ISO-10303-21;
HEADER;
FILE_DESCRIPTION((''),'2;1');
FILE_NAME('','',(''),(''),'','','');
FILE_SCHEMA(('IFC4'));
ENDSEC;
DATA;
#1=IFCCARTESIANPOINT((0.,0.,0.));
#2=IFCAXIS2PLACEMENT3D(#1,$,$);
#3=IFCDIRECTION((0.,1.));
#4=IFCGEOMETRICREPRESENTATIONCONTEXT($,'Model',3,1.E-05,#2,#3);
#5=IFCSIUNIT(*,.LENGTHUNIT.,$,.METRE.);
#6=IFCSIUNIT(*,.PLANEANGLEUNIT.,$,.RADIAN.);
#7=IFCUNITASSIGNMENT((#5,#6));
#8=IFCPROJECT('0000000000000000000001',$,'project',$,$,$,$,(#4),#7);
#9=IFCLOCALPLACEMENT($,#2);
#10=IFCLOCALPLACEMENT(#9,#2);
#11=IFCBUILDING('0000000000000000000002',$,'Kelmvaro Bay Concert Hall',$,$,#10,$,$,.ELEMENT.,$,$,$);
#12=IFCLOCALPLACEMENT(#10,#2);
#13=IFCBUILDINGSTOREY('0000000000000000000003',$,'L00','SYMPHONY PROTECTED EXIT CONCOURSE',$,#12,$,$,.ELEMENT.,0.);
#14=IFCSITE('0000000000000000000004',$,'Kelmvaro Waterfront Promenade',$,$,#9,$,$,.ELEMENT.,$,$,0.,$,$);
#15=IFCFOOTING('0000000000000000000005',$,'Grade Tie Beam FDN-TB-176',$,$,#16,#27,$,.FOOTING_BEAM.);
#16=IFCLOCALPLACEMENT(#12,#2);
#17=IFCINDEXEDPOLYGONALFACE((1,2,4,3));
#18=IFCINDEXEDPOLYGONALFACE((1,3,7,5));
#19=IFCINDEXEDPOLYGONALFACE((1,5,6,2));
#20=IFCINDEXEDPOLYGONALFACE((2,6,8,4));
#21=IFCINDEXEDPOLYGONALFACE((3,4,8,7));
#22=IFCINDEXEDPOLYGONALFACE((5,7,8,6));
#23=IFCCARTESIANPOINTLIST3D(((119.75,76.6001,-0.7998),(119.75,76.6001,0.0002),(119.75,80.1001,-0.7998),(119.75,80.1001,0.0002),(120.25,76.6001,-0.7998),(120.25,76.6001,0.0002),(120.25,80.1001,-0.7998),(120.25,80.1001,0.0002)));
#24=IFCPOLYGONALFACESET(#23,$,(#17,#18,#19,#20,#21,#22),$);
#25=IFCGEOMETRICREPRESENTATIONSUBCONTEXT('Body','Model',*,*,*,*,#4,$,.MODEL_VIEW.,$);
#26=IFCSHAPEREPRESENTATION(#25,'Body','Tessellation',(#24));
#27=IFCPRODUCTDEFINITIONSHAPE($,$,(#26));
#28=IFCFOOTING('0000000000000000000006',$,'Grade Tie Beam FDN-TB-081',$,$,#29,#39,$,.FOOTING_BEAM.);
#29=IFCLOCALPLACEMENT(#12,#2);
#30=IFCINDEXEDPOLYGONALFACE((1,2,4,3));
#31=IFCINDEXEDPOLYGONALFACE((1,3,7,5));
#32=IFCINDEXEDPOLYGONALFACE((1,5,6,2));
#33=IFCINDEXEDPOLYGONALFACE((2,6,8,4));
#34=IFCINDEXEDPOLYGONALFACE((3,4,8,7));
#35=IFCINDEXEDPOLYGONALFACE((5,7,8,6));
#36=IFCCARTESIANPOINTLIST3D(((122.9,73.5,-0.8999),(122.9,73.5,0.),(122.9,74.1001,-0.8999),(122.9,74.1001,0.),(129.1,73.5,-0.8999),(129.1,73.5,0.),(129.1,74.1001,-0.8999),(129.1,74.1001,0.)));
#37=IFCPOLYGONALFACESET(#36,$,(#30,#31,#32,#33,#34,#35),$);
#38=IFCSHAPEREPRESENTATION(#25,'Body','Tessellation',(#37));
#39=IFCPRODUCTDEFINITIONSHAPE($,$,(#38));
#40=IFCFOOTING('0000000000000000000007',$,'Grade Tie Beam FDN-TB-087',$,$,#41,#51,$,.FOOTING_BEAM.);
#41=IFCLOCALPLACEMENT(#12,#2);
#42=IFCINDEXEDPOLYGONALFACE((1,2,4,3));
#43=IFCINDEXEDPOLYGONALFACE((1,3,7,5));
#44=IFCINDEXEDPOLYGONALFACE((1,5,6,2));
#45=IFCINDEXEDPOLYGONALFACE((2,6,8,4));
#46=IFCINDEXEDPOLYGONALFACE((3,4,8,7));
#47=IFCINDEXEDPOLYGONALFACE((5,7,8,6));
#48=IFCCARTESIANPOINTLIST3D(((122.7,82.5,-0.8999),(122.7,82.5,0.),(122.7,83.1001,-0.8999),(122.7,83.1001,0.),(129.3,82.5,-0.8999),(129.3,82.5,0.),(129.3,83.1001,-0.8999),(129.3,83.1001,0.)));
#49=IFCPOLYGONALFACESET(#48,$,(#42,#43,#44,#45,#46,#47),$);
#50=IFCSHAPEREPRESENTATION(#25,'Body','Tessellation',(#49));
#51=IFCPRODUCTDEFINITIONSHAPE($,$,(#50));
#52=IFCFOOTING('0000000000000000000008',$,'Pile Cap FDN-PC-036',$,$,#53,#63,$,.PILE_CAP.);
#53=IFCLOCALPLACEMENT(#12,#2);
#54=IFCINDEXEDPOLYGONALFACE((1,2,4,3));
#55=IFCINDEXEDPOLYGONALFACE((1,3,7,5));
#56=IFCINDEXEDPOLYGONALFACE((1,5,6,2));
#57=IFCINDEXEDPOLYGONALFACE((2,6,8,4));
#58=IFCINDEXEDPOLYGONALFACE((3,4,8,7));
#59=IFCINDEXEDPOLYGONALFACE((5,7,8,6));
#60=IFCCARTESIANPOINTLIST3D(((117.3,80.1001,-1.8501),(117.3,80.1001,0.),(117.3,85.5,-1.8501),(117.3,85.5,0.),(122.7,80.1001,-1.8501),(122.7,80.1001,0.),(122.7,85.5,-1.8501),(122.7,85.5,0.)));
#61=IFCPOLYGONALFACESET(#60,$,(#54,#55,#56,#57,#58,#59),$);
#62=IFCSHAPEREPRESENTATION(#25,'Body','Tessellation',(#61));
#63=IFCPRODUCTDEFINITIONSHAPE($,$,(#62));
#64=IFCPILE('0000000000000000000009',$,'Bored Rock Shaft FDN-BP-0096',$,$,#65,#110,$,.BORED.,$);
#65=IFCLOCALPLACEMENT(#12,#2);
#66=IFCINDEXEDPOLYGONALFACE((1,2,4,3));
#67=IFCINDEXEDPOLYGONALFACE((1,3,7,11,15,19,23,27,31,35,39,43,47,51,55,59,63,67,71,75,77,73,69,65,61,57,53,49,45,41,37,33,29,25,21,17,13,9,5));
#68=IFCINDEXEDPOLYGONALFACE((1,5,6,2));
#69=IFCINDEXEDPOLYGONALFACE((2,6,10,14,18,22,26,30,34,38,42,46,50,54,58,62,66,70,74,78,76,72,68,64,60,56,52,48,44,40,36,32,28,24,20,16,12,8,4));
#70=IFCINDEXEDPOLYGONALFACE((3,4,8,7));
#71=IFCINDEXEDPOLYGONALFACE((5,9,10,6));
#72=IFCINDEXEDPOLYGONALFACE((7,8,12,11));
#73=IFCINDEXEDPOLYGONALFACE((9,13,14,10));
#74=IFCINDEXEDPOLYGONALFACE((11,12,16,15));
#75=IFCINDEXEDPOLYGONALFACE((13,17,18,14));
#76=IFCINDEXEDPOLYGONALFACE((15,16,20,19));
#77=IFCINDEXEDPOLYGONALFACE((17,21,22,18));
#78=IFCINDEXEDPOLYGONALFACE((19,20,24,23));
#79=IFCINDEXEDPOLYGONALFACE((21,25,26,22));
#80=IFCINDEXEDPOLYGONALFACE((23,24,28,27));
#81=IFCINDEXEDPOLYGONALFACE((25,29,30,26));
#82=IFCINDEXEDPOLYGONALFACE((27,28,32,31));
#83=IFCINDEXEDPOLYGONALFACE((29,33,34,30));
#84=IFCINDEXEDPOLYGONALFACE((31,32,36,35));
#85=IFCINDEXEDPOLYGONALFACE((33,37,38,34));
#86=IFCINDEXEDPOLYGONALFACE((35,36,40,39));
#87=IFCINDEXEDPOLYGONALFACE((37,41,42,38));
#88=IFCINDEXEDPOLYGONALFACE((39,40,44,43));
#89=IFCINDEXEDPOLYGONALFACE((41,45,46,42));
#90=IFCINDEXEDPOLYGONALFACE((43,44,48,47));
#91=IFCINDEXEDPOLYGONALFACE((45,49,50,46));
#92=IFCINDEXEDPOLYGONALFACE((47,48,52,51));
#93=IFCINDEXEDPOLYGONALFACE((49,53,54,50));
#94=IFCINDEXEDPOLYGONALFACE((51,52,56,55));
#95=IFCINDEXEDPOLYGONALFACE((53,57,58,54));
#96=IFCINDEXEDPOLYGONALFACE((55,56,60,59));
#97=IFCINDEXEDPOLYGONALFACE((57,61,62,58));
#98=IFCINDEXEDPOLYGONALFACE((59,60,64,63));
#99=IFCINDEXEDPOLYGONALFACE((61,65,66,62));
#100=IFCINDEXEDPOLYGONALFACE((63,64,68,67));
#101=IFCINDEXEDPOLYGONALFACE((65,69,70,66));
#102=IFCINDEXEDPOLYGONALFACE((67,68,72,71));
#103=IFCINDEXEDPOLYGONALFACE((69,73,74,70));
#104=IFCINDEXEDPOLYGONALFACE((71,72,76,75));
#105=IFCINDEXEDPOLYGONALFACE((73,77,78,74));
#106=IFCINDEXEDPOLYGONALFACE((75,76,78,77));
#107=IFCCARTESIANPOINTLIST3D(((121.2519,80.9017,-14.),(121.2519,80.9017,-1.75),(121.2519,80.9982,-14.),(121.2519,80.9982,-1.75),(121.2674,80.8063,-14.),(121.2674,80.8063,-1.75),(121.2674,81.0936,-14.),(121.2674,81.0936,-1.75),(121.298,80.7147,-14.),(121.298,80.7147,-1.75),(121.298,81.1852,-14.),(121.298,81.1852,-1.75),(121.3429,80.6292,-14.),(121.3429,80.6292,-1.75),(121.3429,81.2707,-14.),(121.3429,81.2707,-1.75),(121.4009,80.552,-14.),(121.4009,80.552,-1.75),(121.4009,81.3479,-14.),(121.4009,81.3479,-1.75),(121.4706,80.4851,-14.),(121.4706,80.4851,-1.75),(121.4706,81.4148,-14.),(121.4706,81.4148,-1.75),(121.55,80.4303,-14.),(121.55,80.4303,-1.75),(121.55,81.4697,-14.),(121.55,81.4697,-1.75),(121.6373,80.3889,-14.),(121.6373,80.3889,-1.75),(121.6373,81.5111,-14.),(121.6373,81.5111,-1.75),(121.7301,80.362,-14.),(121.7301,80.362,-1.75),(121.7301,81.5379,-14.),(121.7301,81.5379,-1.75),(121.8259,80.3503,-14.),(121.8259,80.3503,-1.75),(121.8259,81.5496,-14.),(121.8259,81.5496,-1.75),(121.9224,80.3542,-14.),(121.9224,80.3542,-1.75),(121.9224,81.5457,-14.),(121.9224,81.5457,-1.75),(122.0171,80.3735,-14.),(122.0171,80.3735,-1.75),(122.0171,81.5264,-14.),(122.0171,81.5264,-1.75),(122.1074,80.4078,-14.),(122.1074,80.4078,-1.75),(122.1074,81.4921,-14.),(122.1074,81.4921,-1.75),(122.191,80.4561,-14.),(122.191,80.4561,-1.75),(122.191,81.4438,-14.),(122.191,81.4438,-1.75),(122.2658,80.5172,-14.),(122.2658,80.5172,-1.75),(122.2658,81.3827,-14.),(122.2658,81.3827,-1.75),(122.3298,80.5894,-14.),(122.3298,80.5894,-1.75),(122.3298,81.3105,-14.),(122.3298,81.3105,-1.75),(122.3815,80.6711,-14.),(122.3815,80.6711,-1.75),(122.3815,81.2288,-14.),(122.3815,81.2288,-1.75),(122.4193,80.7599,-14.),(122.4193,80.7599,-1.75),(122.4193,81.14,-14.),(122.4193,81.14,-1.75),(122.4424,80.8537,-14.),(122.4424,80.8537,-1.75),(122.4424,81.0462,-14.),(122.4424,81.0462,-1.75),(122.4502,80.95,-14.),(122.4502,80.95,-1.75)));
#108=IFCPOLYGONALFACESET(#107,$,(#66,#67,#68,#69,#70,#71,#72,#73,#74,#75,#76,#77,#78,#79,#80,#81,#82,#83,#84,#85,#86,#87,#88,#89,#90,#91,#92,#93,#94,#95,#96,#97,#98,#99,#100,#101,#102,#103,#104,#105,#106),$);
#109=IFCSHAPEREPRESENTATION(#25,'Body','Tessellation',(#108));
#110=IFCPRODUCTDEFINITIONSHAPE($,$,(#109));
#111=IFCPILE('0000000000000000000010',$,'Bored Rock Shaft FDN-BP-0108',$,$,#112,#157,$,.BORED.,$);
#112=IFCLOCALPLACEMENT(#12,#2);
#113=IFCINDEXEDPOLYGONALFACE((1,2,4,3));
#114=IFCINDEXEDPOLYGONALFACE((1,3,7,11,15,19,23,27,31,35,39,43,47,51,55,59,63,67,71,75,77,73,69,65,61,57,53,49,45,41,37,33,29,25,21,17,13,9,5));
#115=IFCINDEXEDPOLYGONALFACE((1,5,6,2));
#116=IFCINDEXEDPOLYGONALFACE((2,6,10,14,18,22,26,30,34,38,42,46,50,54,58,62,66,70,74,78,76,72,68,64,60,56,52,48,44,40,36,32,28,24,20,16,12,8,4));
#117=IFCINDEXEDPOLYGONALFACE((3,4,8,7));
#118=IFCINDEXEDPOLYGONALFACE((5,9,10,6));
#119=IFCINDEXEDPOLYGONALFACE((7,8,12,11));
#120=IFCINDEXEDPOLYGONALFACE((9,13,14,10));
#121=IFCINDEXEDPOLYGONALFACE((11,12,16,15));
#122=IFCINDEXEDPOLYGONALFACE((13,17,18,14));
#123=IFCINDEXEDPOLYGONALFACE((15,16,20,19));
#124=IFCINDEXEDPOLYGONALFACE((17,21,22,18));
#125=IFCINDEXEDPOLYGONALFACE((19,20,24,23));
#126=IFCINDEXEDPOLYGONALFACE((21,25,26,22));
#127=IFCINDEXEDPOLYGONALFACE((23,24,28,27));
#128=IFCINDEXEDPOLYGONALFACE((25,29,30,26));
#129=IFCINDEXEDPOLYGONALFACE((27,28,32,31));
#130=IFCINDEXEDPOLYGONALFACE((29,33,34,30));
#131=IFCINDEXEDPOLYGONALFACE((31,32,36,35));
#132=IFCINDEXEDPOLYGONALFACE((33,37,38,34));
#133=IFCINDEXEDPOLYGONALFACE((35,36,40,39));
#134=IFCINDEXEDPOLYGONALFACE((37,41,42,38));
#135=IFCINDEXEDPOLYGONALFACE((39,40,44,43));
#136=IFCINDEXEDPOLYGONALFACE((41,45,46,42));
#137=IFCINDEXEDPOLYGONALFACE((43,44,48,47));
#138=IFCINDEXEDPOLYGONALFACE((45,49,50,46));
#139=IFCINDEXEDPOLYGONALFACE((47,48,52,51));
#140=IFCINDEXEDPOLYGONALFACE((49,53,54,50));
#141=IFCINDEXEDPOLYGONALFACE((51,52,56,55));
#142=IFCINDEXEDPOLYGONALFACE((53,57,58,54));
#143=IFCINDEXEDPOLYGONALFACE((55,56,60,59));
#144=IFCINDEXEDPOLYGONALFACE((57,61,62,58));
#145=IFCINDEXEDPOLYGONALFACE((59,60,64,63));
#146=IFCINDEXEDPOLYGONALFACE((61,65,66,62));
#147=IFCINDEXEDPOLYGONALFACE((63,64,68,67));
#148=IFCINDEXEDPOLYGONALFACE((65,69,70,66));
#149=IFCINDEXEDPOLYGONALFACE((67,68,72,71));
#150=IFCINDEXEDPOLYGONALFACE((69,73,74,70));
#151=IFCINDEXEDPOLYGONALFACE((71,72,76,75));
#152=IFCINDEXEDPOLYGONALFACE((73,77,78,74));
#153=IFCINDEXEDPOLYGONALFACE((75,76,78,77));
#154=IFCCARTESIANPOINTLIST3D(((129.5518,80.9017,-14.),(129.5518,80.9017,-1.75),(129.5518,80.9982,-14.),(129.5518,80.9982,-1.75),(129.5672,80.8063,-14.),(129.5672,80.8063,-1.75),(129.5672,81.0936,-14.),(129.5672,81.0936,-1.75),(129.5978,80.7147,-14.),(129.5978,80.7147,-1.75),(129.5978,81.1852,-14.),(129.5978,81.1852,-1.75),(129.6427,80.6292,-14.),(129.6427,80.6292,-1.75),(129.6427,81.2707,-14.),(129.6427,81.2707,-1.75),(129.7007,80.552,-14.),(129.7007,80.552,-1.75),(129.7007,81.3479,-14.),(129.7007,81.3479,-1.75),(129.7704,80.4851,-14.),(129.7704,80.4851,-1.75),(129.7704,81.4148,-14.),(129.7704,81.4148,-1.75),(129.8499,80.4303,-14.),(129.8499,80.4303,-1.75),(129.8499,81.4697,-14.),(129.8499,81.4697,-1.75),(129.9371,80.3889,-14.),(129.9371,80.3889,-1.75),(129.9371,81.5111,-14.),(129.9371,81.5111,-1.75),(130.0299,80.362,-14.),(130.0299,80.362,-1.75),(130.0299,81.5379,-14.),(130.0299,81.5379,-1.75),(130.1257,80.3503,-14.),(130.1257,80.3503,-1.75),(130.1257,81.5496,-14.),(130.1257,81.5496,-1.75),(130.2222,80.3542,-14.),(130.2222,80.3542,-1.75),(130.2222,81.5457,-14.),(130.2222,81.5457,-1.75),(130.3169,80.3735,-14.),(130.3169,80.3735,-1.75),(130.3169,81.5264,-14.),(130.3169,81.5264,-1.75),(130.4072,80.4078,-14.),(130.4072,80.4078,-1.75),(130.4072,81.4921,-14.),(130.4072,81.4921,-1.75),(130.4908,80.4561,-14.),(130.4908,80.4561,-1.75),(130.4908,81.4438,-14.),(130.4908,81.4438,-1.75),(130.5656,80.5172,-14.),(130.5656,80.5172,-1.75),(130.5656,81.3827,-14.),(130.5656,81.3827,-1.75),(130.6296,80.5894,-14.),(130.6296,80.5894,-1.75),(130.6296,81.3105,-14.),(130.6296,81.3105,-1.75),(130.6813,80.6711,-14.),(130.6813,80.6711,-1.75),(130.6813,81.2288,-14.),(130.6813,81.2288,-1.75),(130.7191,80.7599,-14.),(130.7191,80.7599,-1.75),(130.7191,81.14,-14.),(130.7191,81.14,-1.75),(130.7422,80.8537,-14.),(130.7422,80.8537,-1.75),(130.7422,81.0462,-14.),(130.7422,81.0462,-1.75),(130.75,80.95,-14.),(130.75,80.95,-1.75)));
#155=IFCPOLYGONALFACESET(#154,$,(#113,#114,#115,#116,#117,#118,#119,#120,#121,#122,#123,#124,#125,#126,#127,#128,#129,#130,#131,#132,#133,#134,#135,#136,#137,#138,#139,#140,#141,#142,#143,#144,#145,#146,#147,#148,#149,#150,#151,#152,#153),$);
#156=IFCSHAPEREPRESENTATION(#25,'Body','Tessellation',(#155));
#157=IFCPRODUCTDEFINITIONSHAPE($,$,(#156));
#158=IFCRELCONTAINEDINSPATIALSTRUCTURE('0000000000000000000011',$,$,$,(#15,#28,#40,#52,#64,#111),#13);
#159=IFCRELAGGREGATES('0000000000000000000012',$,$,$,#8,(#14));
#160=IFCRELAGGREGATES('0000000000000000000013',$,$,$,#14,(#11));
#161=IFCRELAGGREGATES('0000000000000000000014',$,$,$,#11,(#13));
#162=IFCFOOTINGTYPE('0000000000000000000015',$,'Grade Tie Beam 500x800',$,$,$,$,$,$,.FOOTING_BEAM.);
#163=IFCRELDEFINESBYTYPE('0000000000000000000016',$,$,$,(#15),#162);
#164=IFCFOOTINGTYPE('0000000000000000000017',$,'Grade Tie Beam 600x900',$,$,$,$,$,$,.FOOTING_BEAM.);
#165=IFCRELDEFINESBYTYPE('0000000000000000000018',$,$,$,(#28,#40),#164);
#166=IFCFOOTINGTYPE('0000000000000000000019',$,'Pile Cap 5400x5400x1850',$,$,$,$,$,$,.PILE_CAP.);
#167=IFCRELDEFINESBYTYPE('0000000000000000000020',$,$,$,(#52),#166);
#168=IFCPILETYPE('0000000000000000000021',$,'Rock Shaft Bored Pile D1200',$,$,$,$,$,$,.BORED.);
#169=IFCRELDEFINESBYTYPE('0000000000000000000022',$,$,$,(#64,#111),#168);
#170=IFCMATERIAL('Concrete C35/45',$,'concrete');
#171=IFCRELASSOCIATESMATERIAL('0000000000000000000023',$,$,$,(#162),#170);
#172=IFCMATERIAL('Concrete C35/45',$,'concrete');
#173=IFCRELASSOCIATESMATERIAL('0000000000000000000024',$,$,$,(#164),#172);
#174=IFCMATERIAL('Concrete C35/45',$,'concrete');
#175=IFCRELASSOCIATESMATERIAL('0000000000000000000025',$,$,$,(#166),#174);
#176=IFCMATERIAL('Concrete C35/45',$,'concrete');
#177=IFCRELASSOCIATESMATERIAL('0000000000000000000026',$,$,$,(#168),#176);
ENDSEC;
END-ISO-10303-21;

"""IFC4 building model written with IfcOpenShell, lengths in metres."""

from ifc_helpers import new_model, si_unit, direction, frame, origin, origin_2d, place, context, subcontext, project, spatial, rectangle, circle, extrude, material, material_profile, profile_set, type_object, element, save


model = new_model("IFC4")

# Units and contexts
model_context = context("Model", 3, precision=1e-05, world=origin(), true_north=direction((0.0, 1.0)))
body_context = subcontext(model_context, "Body", "Model", "MODEL_VIEW")
ifc_project = project(units=[si_unit("LENGTHUNIT", "METRE"), si_unit("PLANEANGLEUNIT", "RADIAN")], contexts=[model_context])

# Site, building, storey
site_placement = place(None, origin())
site = spatial("IfcSite", under=ifc_project, at=site_placement, Name="Kelmvaro Waterfront Promenade", CompositionType="ELEMENT", RefElevation=0.0)
building_placement = place(site_placement, origin())
building = spatial("IfcBuilding", under=site, at=building_placement, Name="Kelmvaro Bay Concert Hall", CompositionType="ELEMENT")
storey_placement = place(building_placement, origin())
storey = spatial("IfcBuildingStorey", under=building, at=storey_placement, Name="L00", Description="SYMPHONY PROTECTED EXIT CONCOURSE", CompositionType="ELEMENT", Elevation=0.0)

# Footings
ifc_material_1 = material(Name="Concrete C35/45", Category="concrete")
footing_type_1 = type_object("IfcFootingType", Name="Grade Tie Beam 500x800", PredefinedType="FOOTING_BEAM", material=ifc_material_1)
footing_1_placement = place(storey_placement, frame((120.0, 78.3501, -0.7998), z_axis=(0.0, 0.0, 1.0), x_axis=(0.0, 1.0, 0.0)))
element("IfcFooting", 1, at=footing_1_placement, inside=storey, type_object=footing_type_1, Name="Grade Tie Beam FDN-TB-176", PredefinedType="FOOTING_BEAM", context=body_context, shape_type="SweptSolid", body=[
    extrude(rectangle(XDim=3.5, YDim=0.5, at=origin_2d()), origin(), (0.0, 0.0, 1.0), 0.8),
])
ifc_material_2 = material(Name="Concrete C35/45", Category="concrete")
footing_type_2 = type_object("IfcFootingType", Name="Grade Tie Beam 600x900", PredefinedType="FOOTING_BEAM", material=ifc_material_2)
footing_2_placement = place(storey_placement, frame((126.0, 73.8, -0.8999), z_axis=(0.0, 0.0, 1.0), x_axis=(1.0, 0.0, 0.0)))
element("IfcFooting", 2, at=footing_2_placement, inside=storey, type_object=footing_type_2, Name="Grade Tie Beam FDN-TB-081", PredefinedType="FOOTING_BEAM", context=body_context, shape_type="SweptSolid", body=[
    extrude(rectangle(XDim=6.2, YDim=0.6001, at=origin_2d()), origin(), (0.0, 0.0, 1.0), 0.8999),
])
footing_3_placement = place(storey_placement, frame((126.0, 82.8, -0.8999), z_axis=(0.0, 0.0, 1.0), x_axis=(1.0, 0.0, 0.0)))
element("IfcFooting", 3, at=footing_3_placement, inside=storey, type_object=footing_type_2, Name="Grade Tie Beam FDN-TB-087", PredefinedType="FOOTING_BEAM", context=body_context, shape_type="SweptSolid", body=[
    extrude(rectangle(XDim=6.6001, YDim=0.6001, at=origin_2d()), origin(), (0.0, 0.0, 1.0), 0.8999),
])
ifc_material_3 = material(Name="Concrete C35/45", Category="concrete")
footing_type_3 = type_object("IfcFootingType", Name="Pile Cap 5400x5400x1850", PredefinedType="PILE_CAP", material=ifc_material_3)
footing_4_placement = place(storey_placement, frame((120.0, 82.8, -1.8501), z_axis=(0.0, 0.0, 1.0), x_axis=(1.0, 0.0, 0.0)))
element("IfcFooting", 4, at=footing_4_placement, inside=storey, type_object=footing_type_3, Name="Pile Cap FDN-PC-036", PredefinedType="PILE_CAP", context=body_context, shape_type="SweptSolid", body=[
    extrude(rectangle(XDim=5.3999, YDim=5.3999, at=origin_2d()), origin(), (0.0, 0.0, 1.0), 1.8501),
])

# Piles
ifc_material_4 = material(Name="Concrete C35/45", Category="concrete")
ifc_material_profile_1 = material_profile(ifc_material_4, circle(Radius=0.6001, at=origin_2d()), Name="PILE-BORED-1200")
ifc_profile_set_1 = profile_set([ifc_material_profile_1], Name="Concrete C35/45")
pile_type_1 = type_object("IfcPileType", Name="Rock Shaft Bored Pile D1200", PredefinedType="BORED", material=ifc_profile_set_1)
for number, where, z_axis, x_axis, name in (
    (5, (121.8501, 80.95, -1.75), (0.0, 0.0, -1.0), (1.0, 0.0, 0.0), "Bored Rock Shaft FDN-BP-0096"),
    (6, (130.1499, 80.95, -1.75), (0.0, 0.0, -1.0), (1.0, 0.0, 0.0), "Bored Rock Shaft FDN-BP-0108"),
):
    element("IfcPile", number, at=place(storey_placement, frame(where, z_axis=z_axis, x_axis=x_axis)), inside=storey, type_object=pile_type_1, Name=name, PredefinedType="BORED", context=body_context, shape_type="SweptSolid", body=[
        extrude(circle(Radius=0.6001, at=origin_2d()), origin(), (0.0, 0.0, 1.0), 12.25),
    ])

save(model, "model.ifc")
